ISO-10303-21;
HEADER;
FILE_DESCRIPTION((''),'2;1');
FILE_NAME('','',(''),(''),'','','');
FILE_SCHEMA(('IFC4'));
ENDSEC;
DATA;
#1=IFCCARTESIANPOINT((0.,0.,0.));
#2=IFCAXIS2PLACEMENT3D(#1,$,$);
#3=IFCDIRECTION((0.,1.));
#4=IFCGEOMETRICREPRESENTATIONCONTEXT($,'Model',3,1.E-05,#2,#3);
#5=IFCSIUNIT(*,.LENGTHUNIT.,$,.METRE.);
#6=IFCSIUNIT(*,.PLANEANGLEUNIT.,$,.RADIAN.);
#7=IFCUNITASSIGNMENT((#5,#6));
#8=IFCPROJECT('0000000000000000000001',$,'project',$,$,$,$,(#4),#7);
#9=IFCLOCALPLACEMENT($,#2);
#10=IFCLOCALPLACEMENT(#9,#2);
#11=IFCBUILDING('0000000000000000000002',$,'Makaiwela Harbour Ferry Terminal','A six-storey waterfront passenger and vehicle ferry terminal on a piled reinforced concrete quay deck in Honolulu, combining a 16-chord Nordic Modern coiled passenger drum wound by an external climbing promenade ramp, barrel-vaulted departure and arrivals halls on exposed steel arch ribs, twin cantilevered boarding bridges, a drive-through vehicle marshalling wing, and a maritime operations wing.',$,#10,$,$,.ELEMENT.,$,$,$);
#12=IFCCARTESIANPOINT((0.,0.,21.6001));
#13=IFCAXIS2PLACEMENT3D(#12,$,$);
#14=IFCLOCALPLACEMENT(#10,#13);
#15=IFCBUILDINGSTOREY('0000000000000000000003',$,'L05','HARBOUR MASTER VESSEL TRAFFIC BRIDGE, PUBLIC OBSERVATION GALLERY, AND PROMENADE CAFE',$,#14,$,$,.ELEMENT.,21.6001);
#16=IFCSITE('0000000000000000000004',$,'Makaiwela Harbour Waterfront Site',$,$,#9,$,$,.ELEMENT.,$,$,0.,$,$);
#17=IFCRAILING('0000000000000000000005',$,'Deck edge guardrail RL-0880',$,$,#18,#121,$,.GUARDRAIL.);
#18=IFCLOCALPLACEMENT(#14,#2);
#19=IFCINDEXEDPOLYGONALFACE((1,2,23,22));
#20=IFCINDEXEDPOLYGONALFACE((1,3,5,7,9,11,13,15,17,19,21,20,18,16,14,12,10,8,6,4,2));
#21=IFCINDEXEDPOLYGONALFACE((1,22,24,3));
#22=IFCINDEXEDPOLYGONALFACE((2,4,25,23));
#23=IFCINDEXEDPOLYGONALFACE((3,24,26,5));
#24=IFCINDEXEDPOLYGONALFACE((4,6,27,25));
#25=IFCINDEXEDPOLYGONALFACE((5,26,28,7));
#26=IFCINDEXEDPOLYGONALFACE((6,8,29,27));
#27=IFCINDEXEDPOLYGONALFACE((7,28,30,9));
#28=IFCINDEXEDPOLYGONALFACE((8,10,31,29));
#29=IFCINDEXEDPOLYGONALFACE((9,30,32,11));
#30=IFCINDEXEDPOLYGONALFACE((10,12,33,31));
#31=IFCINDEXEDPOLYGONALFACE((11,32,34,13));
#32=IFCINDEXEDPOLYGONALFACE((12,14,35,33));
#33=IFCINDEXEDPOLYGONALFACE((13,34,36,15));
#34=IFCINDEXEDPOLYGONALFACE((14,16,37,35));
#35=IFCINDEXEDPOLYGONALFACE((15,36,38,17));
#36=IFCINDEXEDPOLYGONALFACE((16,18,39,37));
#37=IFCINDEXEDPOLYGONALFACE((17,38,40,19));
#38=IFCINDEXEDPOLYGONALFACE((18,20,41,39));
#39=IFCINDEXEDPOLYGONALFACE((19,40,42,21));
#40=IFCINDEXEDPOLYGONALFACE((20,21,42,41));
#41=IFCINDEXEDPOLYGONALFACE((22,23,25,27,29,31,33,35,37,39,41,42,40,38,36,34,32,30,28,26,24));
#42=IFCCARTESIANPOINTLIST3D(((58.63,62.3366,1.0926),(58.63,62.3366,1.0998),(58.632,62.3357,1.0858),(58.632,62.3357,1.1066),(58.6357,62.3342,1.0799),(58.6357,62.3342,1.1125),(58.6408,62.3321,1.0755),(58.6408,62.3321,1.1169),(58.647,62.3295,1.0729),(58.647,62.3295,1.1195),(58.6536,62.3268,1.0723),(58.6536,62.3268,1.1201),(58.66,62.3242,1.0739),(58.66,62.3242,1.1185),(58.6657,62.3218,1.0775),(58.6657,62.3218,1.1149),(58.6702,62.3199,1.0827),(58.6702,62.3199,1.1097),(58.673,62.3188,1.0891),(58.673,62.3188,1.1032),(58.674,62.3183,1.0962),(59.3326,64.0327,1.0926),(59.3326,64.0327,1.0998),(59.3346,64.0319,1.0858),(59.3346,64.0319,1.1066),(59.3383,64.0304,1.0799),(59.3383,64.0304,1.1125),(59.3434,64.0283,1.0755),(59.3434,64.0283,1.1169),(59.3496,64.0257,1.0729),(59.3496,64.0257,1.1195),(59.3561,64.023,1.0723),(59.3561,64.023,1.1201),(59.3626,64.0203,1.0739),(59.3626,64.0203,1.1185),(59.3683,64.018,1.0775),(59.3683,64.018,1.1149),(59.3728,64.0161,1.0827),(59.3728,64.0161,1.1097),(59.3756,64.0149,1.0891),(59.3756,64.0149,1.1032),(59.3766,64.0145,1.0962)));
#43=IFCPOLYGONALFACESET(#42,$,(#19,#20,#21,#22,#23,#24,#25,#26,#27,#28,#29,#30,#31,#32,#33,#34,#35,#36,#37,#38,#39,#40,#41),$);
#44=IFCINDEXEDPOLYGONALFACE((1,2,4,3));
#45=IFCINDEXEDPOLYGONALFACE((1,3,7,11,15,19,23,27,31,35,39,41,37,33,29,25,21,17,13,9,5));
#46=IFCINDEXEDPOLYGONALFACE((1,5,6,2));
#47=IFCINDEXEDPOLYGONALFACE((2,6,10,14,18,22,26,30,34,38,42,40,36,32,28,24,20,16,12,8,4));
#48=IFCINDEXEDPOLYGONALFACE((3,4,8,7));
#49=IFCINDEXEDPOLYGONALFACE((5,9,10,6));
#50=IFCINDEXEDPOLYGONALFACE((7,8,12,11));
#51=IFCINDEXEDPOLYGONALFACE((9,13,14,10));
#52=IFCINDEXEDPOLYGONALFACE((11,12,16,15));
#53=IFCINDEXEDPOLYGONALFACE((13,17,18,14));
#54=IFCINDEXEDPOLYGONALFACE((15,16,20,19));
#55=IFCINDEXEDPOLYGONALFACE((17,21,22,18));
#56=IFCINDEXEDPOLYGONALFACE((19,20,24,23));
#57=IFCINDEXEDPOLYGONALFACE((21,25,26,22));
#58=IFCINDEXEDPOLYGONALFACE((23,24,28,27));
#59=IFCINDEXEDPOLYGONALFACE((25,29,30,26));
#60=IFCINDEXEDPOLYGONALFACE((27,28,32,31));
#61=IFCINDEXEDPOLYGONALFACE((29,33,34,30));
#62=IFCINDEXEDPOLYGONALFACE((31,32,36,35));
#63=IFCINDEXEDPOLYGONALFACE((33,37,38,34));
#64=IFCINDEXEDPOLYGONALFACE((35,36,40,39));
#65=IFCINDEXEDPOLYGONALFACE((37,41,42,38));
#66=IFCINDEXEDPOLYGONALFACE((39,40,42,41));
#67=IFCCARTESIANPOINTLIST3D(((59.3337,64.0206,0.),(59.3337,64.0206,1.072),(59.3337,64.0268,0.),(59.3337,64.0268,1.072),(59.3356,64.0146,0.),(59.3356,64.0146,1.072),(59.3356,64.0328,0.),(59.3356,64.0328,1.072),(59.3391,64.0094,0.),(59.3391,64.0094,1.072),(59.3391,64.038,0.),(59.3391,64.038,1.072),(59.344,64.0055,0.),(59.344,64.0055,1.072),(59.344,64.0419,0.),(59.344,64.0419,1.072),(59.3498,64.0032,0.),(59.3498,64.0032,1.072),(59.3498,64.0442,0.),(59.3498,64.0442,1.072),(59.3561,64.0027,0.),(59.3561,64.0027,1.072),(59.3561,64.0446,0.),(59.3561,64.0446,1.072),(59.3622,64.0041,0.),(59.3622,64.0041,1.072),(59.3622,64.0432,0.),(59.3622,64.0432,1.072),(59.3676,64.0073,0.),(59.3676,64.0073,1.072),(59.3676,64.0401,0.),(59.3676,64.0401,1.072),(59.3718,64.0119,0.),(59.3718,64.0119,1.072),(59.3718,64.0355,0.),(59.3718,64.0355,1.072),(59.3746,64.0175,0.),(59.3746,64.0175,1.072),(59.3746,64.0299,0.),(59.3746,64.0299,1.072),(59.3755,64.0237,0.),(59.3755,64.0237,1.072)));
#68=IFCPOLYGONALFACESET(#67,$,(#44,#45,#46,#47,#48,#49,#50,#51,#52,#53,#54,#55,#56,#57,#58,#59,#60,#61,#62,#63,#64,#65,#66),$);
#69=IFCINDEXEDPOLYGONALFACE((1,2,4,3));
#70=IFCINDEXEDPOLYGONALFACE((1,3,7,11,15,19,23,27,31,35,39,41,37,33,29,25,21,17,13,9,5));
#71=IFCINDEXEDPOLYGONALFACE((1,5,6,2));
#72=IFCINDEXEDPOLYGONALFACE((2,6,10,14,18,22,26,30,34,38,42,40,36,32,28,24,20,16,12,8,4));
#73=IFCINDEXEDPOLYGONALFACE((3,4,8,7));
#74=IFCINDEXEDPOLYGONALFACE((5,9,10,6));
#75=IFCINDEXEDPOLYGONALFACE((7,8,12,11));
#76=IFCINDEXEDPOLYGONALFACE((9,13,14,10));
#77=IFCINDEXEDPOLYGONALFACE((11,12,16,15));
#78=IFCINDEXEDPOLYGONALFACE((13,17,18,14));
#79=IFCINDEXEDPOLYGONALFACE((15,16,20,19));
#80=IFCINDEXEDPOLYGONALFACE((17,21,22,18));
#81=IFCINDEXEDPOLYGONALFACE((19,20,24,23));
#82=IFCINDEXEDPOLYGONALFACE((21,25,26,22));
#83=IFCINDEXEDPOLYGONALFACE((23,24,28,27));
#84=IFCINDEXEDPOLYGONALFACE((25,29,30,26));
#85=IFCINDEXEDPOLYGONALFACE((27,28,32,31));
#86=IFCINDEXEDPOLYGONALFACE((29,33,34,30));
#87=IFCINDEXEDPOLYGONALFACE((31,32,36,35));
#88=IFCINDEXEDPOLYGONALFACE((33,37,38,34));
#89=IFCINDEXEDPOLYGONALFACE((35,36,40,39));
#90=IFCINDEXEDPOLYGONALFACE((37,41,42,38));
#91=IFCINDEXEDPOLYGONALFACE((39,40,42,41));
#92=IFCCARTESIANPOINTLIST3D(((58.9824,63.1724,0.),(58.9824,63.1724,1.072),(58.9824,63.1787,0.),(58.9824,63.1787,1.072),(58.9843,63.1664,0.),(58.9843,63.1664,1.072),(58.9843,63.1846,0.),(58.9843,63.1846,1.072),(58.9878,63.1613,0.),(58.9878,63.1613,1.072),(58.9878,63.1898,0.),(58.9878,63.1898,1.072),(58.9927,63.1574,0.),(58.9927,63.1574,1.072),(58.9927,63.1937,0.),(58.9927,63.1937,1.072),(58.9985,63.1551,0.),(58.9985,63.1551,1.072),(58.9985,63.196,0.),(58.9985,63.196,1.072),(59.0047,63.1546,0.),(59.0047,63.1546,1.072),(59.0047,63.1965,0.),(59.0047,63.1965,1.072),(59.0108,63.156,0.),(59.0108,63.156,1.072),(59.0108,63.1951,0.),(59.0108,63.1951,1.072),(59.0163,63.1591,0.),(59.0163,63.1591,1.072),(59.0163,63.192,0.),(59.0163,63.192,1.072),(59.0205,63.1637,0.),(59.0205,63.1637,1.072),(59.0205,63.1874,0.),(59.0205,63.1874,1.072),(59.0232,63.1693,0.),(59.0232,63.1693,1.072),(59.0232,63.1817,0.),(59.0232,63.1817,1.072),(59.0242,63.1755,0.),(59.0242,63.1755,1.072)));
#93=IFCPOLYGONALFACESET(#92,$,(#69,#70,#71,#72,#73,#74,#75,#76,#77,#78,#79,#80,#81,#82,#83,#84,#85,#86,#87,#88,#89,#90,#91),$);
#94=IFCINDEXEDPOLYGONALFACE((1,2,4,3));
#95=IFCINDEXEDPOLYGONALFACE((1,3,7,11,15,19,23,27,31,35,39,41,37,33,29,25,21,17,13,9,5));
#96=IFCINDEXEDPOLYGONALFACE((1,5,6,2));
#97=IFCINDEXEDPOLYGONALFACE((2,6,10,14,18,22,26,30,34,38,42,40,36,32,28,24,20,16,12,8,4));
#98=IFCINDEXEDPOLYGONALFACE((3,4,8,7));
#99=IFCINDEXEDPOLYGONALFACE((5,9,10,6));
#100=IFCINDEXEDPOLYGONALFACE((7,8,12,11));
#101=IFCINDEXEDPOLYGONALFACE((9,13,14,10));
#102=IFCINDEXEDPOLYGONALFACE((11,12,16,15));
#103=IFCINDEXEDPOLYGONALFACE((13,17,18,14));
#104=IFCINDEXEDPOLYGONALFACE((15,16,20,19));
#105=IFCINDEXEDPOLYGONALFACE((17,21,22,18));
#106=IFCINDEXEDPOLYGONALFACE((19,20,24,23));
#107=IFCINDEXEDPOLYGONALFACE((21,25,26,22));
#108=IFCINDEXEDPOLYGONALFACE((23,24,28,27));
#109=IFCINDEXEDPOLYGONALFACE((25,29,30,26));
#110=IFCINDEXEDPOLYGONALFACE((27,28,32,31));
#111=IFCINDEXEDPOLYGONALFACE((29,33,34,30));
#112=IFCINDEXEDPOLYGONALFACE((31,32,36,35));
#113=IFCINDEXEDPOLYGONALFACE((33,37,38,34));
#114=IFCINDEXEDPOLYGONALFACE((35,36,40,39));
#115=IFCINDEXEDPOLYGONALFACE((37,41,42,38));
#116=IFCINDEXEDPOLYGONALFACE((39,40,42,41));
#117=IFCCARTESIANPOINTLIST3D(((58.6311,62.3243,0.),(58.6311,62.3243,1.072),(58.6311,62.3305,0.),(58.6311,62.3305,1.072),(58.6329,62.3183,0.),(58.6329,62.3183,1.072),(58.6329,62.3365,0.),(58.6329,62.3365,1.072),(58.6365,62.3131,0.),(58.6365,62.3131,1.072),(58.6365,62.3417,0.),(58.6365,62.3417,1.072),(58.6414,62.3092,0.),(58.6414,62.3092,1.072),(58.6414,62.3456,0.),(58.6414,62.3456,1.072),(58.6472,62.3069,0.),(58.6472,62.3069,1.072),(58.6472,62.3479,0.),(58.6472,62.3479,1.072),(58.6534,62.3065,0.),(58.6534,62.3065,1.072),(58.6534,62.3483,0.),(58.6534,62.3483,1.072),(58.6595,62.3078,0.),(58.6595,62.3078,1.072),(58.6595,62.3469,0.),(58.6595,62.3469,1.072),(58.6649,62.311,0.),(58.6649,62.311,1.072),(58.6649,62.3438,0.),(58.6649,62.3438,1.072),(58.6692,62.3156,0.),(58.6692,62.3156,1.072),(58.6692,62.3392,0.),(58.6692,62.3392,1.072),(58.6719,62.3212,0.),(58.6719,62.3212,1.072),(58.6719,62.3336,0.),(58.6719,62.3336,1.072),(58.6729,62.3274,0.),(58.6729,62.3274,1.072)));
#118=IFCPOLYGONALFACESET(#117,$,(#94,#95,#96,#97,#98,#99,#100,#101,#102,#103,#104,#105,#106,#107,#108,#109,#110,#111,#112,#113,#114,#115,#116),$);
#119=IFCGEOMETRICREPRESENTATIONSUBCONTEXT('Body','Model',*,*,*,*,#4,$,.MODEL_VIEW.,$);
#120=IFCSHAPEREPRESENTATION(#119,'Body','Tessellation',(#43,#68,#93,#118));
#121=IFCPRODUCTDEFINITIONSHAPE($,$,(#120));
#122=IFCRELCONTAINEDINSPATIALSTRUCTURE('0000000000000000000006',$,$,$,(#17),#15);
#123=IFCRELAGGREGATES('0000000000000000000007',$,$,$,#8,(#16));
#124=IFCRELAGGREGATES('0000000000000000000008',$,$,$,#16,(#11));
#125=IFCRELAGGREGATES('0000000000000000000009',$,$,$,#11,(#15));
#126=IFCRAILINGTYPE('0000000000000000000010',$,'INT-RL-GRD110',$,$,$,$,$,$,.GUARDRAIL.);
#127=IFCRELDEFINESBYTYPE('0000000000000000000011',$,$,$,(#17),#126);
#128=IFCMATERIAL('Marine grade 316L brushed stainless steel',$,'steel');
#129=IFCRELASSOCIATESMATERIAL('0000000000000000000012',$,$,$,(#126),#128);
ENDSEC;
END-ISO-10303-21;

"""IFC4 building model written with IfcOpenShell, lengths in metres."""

from ifc_helpers import new_model, si_unit, direction, frame, origin, origin_2d, place, context, subcontext, project, spatial, circle, extrude, material, type_object, element, save


model = new_model("IFC4")

# Units and contexts
model_context = context("Model", 3, precision=1e-05, world=origin(), true_north=direction((0.0, 1.0)))
body_context = subcontext(model_context, "Body", "Model", "MODEL_VIEW")
ifc_project = project(units=[si_unit("LENGTHUNIT", "METRE"), si_unit("PLANEANGLEUNIT", "RADIAN")], contexts=[model_context])

# Site, building, storey
site_placement = place(None, origin())
site = spatial("IfcSite", under=ifc_project, at=site_placement, Name="Makaiwela Harbour Waterfront Site", CompositionType="ELEMENT", RefElevation=0.0)
building_placement = place(site_placement, origin())
building = spatial("IfcBuilding", under=site, at=building_placement, Name="Makaiwela Harbour Ferry Terminal", Description="A six-storey waterfront passenger and vehicle ferry terminal on a piled reinforced concrete quay deck in Honolulu, combining a 16-chord Nordic Modern coiled passenger drum wound by an external climbing promenade ramp, barrel-vaulted departure and arrivals halls on exposed steel arch ribs, twin cantilevered boarding bridges, a drive-through vehicle marshalling wing, and a maritime operations wing.", CompositionType="ELEMENT")
storey_placement = place(building_placement, frame((0.0, 0.0, 21.6001)))
storey = spatial("IfcBuildingStorey", under=building, at=storey_placement, Name="L05", Description="HARBOUR MASTER VESSEL TRAFFIC BRIDGE, PUBLIC OBSERVATION GALLERY, AND PROMENADE CAFE", CompositionType="ELEMENT", Elevation=21.6001)

# Railing
ifc_material_1 = material(Name="Marine grade 316L brushed stainless steel", Category="steel")
railing_type = type_object("IfcRailingType", Name="INT-RL-GRD110", PredefinedType="GUARDRAIL", material=ifc_material_1)
railing_1_placement = place(storey_placement, frame((59.3545, 64.0237, 0.0)))
element("IfcRailing", 1, at=railing_1_placement, inside=storey, type_object=railing_type, Name="Deck edge guardrail RL-0880", PredefinedType="GUARDRAIL", context=body_context, shape_type="SweptSolid", body=[
    extrude(circle(Radius=0.0239, at=origin_2d()), frame((0.0, 0.0, 1.0962), z_axis=(-0.382688, -0.923877, 0.0), x_axis=(0.923877, -0.382688, 0.0)), (0.0, 0.0, 1.0), 1.8359),
    extrude(circle(Radius=0.021, at=origin_2d()), origin(), (0.0, 0.0, 1.0), 1.072),
    extrude(circle(Radius=0.021, at=origin_2d()), frame((-0.3513, -0.8481, 0.0)), (0.0, 0.0, 1.0), 1.072),
    extrude(circle(Radius=0.021, at=origin_2d()), frame((-0.7026, -1.6963, 0.0)), (0.0, 0.0, 1.0), 1.072),
])

save(model, "model.ifc")
